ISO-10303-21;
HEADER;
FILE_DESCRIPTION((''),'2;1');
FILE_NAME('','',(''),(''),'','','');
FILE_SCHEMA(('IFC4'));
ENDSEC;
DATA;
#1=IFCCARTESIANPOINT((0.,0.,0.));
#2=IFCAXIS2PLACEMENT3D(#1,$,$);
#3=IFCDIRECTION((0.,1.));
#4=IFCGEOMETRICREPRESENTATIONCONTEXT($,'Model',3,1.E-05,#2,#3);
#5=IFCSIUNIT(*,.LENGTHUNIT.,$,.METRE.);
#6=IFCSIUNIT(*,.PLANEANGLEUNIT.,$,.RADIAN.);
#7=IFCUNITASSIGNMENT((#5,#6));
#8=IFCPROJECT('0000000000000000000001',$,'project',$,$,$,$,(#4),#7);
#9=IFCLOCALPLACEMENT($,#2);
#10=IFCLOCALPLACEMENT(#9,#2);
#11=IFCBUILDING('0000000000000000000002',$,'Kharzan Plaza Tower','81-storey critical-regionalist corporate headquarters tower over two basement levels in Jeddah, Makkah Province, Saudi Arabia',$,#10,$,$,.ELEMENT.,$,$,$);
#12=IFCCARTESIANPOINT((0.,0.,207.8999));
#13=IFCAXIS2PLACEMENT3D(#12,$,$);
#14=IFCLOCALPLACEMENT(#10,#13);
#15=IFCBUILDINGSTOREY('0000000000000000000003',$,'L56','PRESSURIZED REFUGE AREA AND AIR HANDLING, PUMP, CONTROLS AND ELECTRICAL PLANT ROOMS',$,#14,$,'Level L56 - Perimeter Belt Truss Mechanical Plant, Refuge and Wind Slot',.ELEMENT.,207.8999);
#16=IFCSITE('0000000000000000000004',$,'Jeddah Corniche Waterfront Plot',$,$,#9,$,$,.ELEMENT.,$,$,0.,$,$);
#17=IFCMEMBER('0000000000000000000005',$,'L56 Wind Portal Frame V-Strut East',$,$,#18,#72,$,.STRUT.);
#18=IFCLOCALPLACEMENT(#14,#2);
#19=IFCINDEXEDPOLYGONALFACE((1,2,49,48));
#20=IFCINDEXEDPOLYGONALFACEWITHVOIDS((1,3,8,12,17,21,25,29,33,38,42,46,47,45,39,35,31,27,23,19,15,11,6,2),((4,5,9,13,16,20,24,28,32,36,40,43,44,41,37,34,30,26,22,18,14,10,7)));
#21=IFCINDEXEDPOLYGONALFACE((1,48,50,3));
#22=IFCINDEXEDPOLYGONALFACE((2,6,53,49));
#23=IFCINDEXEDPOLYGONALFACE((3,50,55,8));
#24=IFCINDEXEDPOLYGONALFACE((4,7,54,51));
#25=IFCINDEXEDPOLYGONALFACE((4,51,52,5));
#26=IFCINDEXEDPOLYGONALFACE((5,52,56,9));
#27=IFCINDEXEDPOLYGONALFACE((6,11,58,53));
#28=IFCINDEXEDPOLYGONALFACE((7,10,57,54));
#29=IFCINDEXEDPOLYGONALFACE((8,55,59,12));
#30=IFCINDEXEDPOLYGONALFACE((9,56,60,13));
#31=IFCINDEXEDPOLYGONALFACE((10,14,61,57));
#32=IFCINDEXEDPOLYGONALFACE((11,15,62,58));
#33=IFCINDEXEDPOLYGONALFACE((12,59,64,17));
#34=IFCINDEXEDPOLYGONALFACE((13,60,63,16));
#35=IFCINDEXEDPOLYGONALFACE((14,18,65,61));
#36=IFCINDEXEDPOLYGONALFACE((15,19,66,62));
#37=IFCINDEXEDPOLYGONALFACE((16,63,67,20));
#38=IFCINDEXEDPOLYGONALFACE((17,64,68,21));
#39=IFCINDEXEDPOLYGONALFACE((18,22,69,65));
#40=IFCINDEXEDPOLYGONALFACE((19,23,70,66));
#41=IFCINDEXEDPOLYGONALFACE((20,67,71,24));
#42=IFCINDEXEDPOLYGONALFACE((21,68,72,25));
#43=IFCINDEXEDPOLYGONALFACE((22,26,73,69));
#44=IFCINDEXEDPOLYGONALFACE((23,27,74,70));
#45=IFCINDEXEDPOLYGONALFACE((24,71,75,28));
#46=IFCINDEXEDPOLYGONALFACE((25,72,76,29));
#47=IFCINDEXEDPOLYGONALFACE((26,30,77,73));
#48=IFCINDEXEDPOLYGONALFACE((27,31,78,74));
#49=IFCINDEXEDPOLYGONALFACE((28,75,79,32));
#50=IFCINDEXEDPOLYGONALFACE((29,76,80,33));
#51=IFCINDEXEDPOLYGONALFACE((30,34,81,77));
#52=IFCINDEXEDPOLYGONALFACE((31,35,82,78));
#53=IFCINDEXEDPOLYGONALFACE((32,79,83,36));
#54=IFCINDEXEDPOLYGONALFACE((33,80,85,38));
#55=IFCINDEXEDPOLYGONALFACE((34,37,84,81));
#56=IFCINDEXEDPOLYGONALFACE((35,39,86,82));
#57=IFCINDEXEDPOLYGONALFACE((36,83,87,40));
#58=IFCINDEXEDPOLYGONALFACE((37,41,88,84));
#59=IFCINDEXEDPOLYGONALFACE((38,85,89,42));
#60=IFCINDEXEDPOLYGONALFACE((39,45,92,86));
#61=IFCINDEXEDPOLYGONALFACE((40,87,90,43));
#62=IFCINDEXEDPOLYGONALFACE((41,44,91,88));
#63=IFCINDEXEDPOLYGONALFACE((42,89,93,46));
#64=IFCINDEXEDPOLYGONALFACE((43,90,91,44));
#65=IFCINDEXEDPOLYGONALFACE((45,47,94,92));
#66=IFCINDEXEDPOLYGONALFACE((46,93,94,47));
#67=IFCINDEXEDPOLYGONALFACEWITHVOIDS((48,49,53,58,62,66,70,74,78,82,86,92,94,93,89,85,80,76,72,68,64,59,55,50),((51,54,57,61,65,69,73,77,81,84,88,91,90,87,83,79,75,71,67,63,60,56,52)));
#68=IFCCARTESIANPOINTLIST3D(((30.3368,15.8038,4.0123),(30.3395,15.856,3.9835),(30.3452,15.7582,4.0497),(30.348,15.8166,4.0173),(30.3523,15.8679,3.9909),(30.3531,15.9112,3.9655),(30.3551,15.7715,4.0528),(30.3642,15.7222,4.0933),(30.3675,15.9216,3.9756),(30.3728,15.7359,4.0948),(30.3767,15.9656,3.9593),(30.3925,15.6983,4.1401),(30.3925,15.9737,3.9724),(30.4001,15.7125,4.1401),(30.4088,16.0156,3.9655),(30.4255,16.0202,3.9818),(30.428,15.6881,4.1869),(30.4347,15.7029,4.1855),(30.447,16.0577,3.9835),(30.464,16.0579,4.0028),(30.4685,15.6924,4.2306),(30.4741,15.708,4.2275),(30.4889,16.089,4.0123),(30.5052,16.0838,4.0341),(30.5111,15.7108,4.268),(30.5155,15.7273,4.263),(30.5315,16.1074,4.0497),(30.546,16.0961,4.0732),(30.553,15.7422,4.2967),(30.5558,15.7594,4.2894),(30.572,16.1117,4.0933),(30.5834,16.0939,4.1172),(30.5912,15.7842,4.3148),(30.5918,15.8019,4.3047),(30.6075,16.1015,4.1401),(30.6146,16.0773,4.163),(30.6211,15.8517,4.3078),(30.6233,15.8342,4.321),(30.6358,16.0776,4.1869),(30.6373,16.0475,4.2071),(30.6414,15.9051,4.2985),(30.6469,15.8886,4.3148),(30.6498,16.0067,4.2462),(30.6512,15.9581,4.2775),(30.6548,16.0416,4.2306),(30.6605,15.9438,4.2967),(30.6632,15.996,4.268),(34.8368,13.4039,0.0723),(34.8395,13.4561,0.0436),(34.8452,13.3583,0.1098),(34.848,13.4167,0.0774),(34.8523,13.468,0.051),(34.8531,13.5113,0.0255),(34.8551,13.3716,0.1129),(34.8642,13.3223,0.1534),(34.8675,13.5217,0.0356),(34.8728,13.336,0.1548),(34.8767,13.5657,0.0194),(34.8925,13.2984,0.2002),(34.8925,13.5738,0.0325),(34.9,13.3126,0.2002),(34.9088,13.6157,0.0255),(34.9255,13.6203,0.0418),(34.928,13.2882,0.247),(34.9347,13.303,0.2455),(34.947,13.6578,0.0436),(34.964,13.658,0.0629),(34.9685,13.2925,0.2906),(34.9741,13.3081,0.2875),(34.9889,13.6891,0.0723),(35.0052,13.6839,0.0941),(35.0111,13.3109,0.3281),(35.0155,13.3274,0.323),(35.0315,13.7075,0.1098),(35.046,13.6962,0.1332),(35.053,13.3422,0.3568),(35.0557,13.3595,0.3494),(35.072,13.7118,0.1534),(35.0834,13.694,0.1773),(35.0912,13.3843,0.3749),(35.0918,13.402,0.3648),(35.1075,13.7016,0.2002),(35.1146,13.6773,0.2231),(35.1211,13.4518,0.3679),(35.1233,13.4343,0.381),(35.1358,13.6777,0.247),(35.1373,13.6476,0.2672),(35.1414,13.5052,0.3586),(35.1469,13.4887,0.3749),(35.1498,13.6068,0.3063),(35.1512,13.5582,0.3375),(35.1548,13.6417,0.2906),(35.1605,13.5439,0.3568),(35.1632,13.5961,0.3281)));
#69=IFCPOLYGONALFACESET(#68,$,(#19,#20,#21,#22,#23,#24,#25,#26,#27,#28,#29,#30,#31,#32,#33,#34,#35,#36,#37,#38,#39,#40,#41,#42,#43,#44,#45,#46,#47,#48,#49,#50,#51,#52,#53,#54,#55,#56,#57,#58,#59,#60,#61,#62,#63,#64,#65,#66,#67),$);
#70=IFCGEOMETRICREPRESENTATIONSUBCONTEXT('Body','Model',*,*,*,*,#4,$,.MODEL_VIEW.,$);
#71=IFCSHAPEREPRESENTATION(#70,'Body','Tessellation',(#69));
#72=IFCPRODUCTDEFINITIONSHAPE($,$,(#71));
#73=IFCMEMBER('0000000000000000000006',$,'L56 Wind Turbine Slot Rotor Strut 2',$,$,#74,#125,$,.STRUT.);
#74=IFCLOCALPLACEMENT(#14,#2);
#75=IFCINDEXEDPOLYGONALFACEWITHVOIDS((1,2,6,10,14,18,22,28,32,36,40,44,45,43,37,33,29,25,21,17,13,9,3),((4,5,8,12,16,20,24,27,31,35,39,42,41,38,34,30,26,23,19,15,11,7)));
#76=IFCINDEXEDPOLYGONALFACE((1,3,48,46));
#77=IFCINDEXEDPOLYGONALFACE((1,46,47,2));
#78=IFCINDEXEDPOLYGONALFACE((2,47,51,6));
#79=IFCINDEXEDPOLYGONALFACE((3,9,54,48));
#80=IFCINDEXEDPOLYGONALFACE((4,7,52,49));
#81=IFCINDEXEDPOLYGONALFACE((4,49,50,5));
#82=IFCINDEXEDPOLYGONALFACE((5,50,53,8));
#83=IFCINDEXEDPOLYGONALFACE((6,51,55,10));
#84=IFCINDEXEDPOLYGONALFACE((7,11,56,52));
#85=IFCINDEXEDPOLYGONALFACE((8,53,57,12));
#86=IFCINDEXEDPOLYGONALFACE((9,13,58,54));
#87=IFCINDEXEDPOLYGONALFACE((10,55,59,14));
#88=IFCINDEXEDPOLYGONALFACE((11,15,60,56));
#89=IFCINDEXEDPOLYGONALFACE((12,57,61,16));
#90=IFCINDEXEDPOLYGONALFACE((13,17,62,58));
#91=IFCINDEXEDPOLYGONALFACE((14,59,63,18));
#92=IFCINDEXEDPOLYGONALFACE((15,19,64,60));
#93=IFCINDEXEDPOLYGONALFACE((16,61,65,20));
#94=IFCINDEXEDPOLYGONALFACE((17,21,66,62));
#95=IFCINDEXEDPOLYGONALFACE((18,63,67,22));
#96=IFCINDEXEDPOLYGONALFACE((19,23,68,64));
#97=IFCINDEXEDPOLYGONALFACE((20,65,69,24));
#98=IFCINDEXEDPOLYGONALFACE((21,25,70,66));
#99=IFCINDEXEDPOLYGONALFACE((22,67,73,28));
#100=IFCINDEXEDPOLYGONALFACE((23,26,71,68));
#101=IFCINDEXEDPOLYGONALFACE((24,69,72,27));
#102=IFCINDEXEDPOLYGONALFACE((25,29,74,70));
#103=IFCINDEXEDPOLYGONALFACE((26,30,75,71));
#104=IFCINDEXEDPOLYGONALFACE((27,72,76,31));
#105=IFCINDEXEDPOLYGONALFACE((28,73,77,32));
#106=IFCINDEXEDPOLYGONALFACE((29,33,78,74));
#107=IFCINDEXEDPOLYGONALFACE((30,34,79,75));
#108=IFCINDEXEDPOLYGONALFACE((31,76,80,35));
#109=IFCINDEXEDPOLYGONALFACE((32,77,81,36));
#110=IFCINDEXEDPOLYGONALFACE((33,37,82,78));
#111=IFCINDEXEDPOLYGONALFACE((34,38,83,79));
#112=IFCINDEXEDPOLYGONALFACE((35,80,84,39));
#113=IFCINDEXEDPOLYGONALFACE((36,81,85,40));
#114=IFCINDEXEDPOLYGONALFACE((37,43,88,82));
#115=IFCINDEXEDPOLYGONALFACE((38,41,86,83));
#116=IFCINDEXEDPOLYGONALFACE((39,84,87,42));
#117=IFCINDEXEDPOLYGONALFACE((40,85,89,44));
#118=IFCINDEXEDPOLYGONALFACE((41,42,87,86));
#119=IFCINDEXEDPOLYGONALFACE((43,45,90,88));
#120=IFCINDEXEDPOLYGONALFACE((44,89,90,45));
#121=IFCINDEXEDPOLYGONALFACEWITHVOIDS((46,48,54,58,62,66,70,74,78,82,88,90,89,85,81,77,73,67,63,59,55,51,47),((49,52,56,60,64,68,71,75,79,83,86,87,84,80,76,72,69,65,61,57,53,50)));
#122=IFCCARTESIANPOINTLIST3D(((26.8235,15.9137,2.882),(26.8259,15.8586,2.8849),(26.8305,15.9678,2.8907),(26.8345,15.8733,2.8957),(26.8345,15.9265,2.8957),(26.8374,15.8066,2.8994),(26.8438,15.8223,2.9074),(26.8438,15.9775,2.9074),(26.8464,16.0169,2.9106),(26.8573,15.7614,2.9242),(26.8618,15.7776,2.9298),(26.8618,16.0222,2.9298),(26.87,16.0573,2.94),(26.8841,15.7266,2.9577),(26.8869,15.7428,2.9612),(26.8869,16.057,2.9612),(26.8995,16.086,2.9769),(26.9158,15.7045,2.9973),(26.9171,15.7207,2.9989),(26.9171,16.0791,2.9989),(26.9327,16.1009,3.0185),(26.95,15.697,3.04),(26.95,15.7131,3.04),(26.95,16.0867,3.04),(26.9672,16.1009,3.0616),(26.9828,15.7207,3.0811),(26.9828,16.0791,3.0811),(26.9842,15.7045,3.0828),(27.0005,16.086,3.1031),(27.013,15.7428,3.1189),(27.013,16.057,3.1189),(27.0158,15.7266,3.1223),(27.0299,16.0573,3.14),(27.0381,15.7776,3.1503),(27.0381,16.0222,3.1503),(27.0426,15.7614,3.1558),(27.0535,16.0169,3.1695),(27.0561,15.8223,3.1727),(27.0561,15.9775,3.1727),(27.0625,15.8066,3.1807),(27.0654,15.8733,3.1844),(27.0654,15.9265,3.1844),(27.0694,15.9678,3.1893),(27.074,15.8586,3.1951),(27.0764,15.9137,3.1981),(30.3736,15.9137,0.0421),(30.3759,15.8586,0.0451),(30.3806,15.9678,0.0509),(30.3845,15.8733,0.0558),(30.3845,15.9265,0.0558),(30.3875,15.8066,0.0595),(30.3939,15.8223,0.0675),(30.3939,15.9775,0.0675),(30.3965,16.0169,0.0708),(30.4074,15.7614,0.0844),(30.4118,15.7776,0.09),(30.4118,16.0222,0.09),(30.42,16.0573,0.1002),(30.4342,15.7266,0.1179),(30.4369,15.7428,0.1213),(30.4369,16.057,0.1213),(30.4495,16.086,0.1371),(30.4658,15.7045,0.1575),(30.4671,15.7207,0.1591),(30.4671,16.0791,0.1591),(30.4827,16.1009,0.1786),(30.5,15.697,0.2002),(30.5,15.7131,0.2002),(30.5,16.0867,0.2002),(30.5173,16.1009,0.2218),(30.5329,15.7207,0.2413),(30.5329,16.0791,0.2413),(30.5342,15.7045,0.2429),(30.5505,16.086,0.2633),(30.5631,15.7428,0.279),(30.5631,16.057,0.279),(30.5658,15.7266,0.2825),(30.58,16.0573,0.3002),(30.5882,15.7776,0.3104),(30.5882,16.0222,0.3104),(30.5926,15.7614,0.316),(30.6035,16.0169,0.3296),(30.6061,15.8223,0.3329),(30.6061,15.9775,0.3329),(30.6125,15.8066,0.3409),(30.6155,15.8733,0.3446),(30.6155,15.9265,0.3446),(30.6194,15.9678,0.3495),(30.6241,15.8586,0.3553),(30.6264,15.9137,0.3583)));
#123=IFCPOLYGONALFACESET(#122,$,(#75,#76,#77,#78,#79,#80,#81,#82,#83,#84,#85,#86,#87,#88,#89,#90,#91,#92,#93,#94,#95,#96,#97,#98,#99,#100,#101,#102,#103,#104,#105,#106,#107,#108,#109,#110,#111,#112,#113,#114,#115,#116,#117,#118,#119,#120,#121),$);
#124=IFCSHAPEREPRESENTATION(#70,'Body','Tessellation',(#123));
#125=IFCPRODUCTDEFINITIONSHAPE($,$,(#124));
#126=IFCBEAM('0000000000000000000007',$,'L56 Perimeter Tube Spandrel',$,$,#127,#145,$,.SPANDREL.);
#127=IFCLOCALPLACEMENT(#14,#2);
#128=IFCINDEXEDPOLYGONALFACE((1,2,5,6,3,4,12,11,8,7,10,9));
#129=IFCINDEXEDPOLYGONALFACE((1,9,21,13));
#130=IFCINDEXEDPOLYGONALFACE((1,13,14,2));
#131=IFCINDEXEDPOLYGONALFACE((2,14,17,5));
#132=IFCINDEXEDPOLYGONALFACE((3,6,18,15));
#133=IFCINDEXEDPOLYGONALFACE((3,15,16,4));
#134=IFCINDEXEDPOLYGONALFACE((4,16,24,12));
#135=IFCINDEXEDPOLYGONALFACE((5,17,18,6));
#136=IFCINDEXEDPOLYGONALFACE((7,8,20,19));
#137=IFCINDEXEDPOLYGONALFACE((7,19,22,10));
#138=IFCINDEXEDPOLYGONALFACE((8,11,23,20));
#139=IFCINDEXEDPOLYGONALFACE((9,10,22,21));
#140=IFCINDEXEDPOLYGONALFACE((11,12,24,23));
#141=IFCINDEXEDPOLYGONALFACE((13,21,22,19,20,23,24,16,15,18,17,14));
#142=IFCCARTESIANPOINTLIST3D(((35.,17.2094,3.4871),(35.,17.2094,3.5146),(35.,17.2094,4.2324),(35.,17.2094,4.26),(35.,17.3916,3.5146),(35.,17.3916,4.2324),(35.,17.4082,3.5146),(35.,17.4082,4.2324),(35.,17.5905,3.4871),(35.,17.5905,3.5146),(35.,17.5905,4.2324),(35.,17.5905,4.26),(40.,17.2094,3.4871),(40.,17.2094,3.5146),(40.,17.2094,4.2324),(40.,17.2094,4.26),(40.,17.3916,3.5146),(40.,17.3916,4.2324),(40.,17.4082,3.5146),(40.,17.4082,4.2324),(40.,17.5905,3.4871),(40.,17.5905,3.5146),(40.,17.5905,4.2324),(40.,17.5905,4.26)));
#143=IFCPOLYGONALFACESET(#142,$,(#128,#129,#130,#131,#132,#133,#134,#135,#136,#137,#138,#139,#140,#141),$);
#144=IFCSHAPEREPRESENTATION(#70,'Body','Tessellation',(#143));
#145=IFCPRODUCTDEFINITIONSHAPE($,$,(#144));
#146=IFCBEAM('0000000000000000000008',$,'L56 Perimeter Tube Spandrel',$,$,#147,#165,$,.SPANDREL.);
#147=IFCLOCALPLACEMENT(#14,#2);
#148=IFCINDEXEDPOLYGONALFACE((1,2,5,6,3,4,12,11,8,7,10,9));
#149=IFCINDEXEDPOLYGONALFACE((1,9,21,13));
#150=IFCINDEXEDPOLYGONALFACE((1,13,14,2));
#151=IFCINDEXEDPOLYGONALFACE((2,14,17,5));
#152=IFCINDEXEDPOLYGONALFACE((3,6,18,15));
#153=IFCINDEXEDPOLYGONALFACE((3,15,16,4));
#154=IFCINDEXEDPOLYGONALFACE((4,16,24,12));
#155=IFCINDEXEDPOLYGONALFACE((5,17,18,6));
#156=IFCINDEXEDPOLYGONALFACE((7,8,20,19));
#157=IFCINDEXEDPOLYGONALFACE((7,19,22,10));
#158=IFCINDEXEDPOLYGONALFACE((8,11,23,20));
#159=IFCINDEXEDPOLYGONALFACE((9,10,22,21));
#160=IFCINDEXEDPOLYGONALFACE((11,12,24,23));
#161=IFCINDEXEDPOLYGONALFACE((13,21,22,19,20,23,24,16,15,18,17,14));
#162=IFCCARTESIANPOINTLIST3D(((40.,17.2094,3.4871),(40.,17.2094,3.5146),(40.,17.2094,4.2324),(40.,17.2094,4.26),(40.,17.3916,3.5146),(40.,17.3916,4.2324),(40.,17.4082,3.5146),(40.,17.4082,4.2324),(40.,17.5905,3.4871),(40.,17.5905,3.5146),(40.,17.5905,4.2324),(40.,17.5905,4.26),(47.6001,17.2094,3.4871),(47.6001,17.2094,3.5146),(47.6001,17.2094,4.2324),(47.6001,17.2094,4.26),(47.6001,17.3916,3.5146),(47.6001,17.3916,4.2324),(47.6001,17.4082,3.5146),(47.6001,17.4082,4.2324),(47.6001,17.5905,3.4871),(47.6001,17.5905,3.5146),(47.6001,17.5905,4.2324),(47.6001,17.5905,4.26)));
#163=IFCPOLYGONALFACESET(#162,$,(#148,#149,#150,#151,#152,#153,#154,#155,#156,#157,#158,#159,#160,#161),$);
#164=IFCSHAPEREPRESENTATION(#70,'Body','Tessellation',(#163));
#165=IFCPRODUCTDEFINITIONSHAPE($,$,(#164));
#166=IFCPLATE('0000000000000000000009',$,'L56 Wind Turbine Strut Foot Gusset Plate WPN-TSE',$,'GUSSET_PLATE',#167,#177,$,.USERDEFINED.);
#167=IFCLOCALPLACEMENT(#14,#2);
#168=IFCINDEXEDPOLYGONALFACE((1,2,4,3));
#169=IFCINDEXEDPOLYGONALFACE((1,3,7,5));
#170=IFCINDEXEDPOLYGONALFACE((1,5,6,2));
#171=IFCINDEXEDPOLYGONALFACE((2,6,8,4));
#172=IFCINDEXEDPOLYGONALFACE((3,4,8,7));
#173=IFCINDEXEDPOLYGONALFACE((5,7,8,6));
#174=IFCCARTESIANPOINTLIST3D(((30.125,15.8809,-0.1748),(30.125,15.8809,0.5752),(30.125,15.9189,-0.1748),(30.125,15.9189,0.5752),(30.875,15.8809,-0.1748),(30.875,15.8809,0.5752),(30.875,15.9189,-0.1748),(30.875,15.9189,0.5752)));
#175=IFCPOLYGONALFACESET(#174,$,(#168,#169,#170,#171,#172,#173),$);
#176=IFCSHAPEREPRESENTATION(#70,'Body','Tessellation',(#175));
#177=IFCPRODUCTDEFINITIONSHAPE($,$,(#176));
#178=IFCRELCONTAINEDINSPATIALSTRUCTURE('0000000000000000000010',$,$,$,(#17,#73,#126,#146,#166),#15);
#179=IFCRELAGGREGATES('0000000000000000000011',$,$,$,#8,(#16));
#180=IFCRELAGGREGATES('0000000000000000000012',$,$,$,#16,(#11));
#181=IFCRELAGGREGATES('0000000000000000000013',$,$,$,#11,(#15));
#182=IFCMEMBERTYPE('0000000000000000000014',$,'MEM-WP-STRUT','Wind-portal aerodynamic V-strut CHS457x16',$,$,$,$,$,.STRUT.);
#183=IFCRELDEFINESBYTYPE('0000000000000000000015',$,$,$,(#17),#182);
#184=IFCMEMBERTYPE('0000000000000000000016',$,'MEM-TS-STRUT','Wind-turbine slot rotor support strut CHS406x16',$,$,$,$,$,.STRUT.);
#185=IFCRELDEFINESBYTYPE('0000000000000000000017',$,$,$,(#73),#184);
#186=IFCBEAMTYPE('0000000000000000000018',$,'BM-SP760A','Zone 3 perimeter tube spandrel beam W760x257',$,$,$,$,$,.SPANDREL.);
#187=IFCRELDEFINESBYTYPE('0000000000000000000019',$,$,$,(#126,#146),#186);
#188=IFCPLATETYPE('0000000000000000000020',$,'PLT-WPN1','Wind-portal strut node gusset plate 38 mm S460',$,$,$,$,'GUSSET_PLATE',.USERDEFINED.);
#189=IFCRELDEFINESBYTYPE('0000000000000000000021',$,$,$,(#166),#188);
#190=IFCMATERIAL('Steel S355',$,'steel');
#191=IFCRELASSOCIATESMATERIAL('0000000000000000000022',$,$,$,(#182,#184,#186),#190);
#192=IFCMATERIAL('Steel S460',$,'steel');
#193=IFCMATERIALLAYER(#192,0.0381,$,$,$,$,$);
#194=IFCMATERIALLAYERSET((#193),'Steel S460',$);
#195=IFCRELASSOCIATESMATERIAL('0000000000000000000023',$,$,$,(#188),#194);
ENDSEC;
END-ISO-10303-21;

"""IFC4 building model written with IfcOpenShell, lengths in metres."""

from ifc_helpers import new_model, si_unit, direction, frame, origin, origin_2d, place, context, subcontext, project, spatial, rectangle, hollow_circle, i_section, extrude, source, transform, mapped, material, layer, layer_set, material_profile, profile_set, type_object, element, save


model = new_model("IFC4")

# Units and contexts
model_context = context("Model", 3, precision=1e-05, world=origin(), true_north=direction((0.0, 1.0)))
body_context = subcontext(model_context, "Body", "Model", "MODEL_VIEW")
ifc_project = project(units=[si_unit("LENGTHUNIT", "METRE"), si_unit("PLANEANGLEUNIT", "RADIAN")], contexts=[model_context])

# Site, building, storey
site_placement = place(None, origin())
site = spatial("IfcSite", under=ifc_project, at=site_placement, Name="Jeddah Corniche Waterfront Plot", CompositionType="ELEMENT", RefElevation=0.0)
building_placement = place(site_placement, origin())
building = spatial("IfcBuilding", under=site, at=building_placement, Name="Kharzan Plaza Tower", Description="81-storey critical-regionalist corporate headquarters tower over two basement levels in Jeddah, Makkah Province, Saudi Arabia", CompositionType="ELEMENT")
storey_placement = place(building_placement, frame((0.0, 0.0, 207.8999)))
storey = spatial("IfcBuildingStorey", under=building, at=storey_placement, Name="L56", Description="PRESSURIZED REFUGE AREA AND AIR HANDLING, PUMP, CONTROLS AND ELECTRICAL PLANT ROOMS", LongName="Level L56 - Perimeter Belt Truss Mechanical Plant, Refuge and Wind Slot", CompositionType="ELEMENT", Elevation=207.8999)

# Shared definitions
ifc_material_1 = material(Name="Steel S355", Category="steel")

# Members
ifc_material_profile_1 = material_profile(ifc_material_1, hollow_circle(Radius=0.2285, WallThickness=0.0161, at=origin_2d()), Name="CHS457x16")
ifc_profile_set_1 = profile_set([ifc_material_profile_1], Name="Steel S355")
member_type_1 = type_object("IfcMemberType", Name="MEM-WP-STRUT", Description="Wind-portal aerodynamic V-strut CHS457x16", PredefinedType="STRUT", material=ifc_profile_set_1)
shared_shape_1 = source(origin(), body_context, "Body", "SweptSolid", [
    extrude(hollow_circle(Radius=0.2285, WallThickness=0.0161, at=origin_2d()), origin(), (0.0, 0.0, 1.0), 6.4446),
])
member_1_placement = place(storey_placement, frame((35.0, 13.5, 0.2002), z_axis=(-0.698261, 0.372391, 0.611357), x_axis=(-0.470573, -0.882361, 0.0)))
element("IfcMember", 1, at=member_1_placement, inside=storey, type_object=member_type_1, Name="L56 Wind Portal Frame V-Strut East", PredefinedType="STRUT", context=body_context, shape_type="MappedRepresentation", body=[
    mapped(shared_shape_1, transform((0.0, 0.0, 0.0), x_axis=(1.0, 0.0, 0.0), y_axis=(0.0, 1.0, 0.0), z_axis=(0.0, 0.0, 1.0))),
])
ifc_material_profile_2 = material_profile(ifc_material_1, hollow_circle(Radius=0.2029, WallThickness=0.0161, at=origin_2d()), Name="CHS406x16")
ifc_profile_set_2 = profile_set([ifc_material_profile_2], Name="Steel S355")
member_type_2 = type_object("IfcMemberType", Name="MEM-TS-STRUT", Description="Wind-turbine slot rotor support strut CHS406x16", PredefinedType="STRUT", material=ifc_profile_set_2)
shared_shape_2 = source(origin(), body_context, "Body", "SweptSolid", [
    extrude(hollow_circle(Radius=0.2029, WallThickness=0.0161, at=origin_2d()), origin(), (0.0, 0.0, 1.0), 4.5461),
])
member_2_placement = place(storey_placement, frame((30.5, 15.8999, 0.2002), z_axis=(-0.78089, 0.0, 0.624669), x_axis=(0.0, -1.0, 0.0)))
element("IfcMember", 2, at=member_2_placement, inside=storey, type_object=member_type_2, Name="L56 Wind Turbine Slot Rotor Strut 2", PredefinedType="STRUT", context=body_context, shape_type="MappedRepresentation", body=[
    mapped(shared_shape_2, transform((0.0, 0.0, 0.0), x_axis=(1.0, 0.0, 0.0), y_axis=(0.0, 1.0, 0.0), z_axis=(0.0, 0.0, 1.0))),
])

# Beams
ifc_material_profile_3 = material_profile(ifc_material_1, i_section(OverallWidth=0.3811, OverallDepth=0.7729, WebThickness=0.0166, FlangeThickness=0.0276, at=origin_2d()), Name="W760x257")
ifc_profile_set_3 = profile_set([ifc_material_profile_3], Name="Steel S355")
beam_type_1 = type_object("IfcBeamType", Name="BM-SP760A", Description="Zone 3 perimeter tube spandrel beam W760x257", PredefinedType="SPANDREL", material=ifc_profile_set_3)
shared_shape_3 = source(origin(), body_context, "Body", "SweptSolid", [
    extrude(i_section(OverallWidth=0.3811, OverallDepth=0.7729, WebThickness=0.0166, FlangeThickness=0.0276, at=origin_2d()), origin(), (0.0, 0.0, 1.0), 5.0),
])
beam_1_placement = place(storey_placement, frame((35.0, 17.3999, 3.8735), z_axis=(1.0, 0.0, 0.0), x_axis=(0.0, 1.0, 0.0)))
element("IfcBeam", 3, at=beam_1_placement, inside=storey, type_object=beam_type_1, Name="L56 Perimeter Tube Spandrel", PredefinedType="SPANDREL", context=body_context, shape_type="MappedRepresentation", body=[
    mapped(shared_shape_3, transform((0.0, 0.0, 0.0), x_axis=(1.0, 0.0, 0.0), y_axis=(0.0, 1.0, 0.0), z_axis=(0.0, 0.0, 1.0))),
])
shared_shape_4 = source(origin(), body_context, "Body", "SweptSolid", [
    extrude(i_section(OverallWidth=0.3811, OverallDepth=0.7729, WebThickness=0.0166, FlangeThickness=0.0276, at=origin_2d()), origin(), (0.0, 0.0, 1.0), 7.6001),
])
beam_2_placement = place(storey_placement, frame((40.0, 17.3999, 3.8735), z_axis=(1.0, 0.0, 0.0), x_axis=(0.0, 1.0, 0.0)))
element("IfcBeam", 4, at=beam_2_placement, inside=storey, type_object=beam_type_1, Name="L56 Perimeter Tube Spandrel", PredefinedType="SPANDREL", context=body_context, shape_type="MappedRepresentation", body=[
    mapped(shared_shape_4, transform((0.0, 0.0, 0.0), x_axis=(1.0, 0.0, 0.0), y_axis=(0.0, 1.0, 0.0), z_axis=(0.0, 0.0, 1.0))),
])

# Plate
ifc_material_2 = material(Name="Steel S460", Category="steel")
ifc_layer_1 = layer(ifc_material_2, 0.0381)
ifc_layer_set_1 = layer_set([ifc_layer_1], Name="Steel S460")
plate_type = type_object("IfcPlateType", Name="PLT-WPN1", Description="Wind-portal strut node gusset plate 38 mm S460", ElementType="GUSSET_PLATE", PredefinedType="USERDEFINED", material=ifc_layer_set_1)
shared_shape_5 = source(origin(), body_context, "Body", "SweptSolid", [
    extrude(rectangle(XDim=0.75, YDim=0.0381, at=origin_2d()), origin(), (0.0, 0.0, 1.0), 0.75),
])
for number, where, z_axis, x_axis, name in (
    (5, (30.5, 15.8999, -0.1748), (0.0, 0.0, 1.0), (1.0, 0.0, 0.0), "L56 Wind Turbine Strut Foot Gusset Plate WPN-TSE"),
):
    element("IfcPlate", number, at=place(storey_placement, frame(where, z_axis=z_axis, x_axis=x_axis)), inside=storey, type_object=plate_type, Name=name, ObjectType="GUSSET_PLATE", PredefinedType="USERDEFINED", context=body_context, shape_type="MappedRepresentation", body=[
        mapped(shared_shape_5, transform((0.0, 0.0, 0.0), x_axis=(1.0, 0.0, 0.0), y_axis=(0.0, 1.0, 0.0), z_axis=(0.0, 0.0, 1.0))),
    ])

save(model, "model.ifc")
